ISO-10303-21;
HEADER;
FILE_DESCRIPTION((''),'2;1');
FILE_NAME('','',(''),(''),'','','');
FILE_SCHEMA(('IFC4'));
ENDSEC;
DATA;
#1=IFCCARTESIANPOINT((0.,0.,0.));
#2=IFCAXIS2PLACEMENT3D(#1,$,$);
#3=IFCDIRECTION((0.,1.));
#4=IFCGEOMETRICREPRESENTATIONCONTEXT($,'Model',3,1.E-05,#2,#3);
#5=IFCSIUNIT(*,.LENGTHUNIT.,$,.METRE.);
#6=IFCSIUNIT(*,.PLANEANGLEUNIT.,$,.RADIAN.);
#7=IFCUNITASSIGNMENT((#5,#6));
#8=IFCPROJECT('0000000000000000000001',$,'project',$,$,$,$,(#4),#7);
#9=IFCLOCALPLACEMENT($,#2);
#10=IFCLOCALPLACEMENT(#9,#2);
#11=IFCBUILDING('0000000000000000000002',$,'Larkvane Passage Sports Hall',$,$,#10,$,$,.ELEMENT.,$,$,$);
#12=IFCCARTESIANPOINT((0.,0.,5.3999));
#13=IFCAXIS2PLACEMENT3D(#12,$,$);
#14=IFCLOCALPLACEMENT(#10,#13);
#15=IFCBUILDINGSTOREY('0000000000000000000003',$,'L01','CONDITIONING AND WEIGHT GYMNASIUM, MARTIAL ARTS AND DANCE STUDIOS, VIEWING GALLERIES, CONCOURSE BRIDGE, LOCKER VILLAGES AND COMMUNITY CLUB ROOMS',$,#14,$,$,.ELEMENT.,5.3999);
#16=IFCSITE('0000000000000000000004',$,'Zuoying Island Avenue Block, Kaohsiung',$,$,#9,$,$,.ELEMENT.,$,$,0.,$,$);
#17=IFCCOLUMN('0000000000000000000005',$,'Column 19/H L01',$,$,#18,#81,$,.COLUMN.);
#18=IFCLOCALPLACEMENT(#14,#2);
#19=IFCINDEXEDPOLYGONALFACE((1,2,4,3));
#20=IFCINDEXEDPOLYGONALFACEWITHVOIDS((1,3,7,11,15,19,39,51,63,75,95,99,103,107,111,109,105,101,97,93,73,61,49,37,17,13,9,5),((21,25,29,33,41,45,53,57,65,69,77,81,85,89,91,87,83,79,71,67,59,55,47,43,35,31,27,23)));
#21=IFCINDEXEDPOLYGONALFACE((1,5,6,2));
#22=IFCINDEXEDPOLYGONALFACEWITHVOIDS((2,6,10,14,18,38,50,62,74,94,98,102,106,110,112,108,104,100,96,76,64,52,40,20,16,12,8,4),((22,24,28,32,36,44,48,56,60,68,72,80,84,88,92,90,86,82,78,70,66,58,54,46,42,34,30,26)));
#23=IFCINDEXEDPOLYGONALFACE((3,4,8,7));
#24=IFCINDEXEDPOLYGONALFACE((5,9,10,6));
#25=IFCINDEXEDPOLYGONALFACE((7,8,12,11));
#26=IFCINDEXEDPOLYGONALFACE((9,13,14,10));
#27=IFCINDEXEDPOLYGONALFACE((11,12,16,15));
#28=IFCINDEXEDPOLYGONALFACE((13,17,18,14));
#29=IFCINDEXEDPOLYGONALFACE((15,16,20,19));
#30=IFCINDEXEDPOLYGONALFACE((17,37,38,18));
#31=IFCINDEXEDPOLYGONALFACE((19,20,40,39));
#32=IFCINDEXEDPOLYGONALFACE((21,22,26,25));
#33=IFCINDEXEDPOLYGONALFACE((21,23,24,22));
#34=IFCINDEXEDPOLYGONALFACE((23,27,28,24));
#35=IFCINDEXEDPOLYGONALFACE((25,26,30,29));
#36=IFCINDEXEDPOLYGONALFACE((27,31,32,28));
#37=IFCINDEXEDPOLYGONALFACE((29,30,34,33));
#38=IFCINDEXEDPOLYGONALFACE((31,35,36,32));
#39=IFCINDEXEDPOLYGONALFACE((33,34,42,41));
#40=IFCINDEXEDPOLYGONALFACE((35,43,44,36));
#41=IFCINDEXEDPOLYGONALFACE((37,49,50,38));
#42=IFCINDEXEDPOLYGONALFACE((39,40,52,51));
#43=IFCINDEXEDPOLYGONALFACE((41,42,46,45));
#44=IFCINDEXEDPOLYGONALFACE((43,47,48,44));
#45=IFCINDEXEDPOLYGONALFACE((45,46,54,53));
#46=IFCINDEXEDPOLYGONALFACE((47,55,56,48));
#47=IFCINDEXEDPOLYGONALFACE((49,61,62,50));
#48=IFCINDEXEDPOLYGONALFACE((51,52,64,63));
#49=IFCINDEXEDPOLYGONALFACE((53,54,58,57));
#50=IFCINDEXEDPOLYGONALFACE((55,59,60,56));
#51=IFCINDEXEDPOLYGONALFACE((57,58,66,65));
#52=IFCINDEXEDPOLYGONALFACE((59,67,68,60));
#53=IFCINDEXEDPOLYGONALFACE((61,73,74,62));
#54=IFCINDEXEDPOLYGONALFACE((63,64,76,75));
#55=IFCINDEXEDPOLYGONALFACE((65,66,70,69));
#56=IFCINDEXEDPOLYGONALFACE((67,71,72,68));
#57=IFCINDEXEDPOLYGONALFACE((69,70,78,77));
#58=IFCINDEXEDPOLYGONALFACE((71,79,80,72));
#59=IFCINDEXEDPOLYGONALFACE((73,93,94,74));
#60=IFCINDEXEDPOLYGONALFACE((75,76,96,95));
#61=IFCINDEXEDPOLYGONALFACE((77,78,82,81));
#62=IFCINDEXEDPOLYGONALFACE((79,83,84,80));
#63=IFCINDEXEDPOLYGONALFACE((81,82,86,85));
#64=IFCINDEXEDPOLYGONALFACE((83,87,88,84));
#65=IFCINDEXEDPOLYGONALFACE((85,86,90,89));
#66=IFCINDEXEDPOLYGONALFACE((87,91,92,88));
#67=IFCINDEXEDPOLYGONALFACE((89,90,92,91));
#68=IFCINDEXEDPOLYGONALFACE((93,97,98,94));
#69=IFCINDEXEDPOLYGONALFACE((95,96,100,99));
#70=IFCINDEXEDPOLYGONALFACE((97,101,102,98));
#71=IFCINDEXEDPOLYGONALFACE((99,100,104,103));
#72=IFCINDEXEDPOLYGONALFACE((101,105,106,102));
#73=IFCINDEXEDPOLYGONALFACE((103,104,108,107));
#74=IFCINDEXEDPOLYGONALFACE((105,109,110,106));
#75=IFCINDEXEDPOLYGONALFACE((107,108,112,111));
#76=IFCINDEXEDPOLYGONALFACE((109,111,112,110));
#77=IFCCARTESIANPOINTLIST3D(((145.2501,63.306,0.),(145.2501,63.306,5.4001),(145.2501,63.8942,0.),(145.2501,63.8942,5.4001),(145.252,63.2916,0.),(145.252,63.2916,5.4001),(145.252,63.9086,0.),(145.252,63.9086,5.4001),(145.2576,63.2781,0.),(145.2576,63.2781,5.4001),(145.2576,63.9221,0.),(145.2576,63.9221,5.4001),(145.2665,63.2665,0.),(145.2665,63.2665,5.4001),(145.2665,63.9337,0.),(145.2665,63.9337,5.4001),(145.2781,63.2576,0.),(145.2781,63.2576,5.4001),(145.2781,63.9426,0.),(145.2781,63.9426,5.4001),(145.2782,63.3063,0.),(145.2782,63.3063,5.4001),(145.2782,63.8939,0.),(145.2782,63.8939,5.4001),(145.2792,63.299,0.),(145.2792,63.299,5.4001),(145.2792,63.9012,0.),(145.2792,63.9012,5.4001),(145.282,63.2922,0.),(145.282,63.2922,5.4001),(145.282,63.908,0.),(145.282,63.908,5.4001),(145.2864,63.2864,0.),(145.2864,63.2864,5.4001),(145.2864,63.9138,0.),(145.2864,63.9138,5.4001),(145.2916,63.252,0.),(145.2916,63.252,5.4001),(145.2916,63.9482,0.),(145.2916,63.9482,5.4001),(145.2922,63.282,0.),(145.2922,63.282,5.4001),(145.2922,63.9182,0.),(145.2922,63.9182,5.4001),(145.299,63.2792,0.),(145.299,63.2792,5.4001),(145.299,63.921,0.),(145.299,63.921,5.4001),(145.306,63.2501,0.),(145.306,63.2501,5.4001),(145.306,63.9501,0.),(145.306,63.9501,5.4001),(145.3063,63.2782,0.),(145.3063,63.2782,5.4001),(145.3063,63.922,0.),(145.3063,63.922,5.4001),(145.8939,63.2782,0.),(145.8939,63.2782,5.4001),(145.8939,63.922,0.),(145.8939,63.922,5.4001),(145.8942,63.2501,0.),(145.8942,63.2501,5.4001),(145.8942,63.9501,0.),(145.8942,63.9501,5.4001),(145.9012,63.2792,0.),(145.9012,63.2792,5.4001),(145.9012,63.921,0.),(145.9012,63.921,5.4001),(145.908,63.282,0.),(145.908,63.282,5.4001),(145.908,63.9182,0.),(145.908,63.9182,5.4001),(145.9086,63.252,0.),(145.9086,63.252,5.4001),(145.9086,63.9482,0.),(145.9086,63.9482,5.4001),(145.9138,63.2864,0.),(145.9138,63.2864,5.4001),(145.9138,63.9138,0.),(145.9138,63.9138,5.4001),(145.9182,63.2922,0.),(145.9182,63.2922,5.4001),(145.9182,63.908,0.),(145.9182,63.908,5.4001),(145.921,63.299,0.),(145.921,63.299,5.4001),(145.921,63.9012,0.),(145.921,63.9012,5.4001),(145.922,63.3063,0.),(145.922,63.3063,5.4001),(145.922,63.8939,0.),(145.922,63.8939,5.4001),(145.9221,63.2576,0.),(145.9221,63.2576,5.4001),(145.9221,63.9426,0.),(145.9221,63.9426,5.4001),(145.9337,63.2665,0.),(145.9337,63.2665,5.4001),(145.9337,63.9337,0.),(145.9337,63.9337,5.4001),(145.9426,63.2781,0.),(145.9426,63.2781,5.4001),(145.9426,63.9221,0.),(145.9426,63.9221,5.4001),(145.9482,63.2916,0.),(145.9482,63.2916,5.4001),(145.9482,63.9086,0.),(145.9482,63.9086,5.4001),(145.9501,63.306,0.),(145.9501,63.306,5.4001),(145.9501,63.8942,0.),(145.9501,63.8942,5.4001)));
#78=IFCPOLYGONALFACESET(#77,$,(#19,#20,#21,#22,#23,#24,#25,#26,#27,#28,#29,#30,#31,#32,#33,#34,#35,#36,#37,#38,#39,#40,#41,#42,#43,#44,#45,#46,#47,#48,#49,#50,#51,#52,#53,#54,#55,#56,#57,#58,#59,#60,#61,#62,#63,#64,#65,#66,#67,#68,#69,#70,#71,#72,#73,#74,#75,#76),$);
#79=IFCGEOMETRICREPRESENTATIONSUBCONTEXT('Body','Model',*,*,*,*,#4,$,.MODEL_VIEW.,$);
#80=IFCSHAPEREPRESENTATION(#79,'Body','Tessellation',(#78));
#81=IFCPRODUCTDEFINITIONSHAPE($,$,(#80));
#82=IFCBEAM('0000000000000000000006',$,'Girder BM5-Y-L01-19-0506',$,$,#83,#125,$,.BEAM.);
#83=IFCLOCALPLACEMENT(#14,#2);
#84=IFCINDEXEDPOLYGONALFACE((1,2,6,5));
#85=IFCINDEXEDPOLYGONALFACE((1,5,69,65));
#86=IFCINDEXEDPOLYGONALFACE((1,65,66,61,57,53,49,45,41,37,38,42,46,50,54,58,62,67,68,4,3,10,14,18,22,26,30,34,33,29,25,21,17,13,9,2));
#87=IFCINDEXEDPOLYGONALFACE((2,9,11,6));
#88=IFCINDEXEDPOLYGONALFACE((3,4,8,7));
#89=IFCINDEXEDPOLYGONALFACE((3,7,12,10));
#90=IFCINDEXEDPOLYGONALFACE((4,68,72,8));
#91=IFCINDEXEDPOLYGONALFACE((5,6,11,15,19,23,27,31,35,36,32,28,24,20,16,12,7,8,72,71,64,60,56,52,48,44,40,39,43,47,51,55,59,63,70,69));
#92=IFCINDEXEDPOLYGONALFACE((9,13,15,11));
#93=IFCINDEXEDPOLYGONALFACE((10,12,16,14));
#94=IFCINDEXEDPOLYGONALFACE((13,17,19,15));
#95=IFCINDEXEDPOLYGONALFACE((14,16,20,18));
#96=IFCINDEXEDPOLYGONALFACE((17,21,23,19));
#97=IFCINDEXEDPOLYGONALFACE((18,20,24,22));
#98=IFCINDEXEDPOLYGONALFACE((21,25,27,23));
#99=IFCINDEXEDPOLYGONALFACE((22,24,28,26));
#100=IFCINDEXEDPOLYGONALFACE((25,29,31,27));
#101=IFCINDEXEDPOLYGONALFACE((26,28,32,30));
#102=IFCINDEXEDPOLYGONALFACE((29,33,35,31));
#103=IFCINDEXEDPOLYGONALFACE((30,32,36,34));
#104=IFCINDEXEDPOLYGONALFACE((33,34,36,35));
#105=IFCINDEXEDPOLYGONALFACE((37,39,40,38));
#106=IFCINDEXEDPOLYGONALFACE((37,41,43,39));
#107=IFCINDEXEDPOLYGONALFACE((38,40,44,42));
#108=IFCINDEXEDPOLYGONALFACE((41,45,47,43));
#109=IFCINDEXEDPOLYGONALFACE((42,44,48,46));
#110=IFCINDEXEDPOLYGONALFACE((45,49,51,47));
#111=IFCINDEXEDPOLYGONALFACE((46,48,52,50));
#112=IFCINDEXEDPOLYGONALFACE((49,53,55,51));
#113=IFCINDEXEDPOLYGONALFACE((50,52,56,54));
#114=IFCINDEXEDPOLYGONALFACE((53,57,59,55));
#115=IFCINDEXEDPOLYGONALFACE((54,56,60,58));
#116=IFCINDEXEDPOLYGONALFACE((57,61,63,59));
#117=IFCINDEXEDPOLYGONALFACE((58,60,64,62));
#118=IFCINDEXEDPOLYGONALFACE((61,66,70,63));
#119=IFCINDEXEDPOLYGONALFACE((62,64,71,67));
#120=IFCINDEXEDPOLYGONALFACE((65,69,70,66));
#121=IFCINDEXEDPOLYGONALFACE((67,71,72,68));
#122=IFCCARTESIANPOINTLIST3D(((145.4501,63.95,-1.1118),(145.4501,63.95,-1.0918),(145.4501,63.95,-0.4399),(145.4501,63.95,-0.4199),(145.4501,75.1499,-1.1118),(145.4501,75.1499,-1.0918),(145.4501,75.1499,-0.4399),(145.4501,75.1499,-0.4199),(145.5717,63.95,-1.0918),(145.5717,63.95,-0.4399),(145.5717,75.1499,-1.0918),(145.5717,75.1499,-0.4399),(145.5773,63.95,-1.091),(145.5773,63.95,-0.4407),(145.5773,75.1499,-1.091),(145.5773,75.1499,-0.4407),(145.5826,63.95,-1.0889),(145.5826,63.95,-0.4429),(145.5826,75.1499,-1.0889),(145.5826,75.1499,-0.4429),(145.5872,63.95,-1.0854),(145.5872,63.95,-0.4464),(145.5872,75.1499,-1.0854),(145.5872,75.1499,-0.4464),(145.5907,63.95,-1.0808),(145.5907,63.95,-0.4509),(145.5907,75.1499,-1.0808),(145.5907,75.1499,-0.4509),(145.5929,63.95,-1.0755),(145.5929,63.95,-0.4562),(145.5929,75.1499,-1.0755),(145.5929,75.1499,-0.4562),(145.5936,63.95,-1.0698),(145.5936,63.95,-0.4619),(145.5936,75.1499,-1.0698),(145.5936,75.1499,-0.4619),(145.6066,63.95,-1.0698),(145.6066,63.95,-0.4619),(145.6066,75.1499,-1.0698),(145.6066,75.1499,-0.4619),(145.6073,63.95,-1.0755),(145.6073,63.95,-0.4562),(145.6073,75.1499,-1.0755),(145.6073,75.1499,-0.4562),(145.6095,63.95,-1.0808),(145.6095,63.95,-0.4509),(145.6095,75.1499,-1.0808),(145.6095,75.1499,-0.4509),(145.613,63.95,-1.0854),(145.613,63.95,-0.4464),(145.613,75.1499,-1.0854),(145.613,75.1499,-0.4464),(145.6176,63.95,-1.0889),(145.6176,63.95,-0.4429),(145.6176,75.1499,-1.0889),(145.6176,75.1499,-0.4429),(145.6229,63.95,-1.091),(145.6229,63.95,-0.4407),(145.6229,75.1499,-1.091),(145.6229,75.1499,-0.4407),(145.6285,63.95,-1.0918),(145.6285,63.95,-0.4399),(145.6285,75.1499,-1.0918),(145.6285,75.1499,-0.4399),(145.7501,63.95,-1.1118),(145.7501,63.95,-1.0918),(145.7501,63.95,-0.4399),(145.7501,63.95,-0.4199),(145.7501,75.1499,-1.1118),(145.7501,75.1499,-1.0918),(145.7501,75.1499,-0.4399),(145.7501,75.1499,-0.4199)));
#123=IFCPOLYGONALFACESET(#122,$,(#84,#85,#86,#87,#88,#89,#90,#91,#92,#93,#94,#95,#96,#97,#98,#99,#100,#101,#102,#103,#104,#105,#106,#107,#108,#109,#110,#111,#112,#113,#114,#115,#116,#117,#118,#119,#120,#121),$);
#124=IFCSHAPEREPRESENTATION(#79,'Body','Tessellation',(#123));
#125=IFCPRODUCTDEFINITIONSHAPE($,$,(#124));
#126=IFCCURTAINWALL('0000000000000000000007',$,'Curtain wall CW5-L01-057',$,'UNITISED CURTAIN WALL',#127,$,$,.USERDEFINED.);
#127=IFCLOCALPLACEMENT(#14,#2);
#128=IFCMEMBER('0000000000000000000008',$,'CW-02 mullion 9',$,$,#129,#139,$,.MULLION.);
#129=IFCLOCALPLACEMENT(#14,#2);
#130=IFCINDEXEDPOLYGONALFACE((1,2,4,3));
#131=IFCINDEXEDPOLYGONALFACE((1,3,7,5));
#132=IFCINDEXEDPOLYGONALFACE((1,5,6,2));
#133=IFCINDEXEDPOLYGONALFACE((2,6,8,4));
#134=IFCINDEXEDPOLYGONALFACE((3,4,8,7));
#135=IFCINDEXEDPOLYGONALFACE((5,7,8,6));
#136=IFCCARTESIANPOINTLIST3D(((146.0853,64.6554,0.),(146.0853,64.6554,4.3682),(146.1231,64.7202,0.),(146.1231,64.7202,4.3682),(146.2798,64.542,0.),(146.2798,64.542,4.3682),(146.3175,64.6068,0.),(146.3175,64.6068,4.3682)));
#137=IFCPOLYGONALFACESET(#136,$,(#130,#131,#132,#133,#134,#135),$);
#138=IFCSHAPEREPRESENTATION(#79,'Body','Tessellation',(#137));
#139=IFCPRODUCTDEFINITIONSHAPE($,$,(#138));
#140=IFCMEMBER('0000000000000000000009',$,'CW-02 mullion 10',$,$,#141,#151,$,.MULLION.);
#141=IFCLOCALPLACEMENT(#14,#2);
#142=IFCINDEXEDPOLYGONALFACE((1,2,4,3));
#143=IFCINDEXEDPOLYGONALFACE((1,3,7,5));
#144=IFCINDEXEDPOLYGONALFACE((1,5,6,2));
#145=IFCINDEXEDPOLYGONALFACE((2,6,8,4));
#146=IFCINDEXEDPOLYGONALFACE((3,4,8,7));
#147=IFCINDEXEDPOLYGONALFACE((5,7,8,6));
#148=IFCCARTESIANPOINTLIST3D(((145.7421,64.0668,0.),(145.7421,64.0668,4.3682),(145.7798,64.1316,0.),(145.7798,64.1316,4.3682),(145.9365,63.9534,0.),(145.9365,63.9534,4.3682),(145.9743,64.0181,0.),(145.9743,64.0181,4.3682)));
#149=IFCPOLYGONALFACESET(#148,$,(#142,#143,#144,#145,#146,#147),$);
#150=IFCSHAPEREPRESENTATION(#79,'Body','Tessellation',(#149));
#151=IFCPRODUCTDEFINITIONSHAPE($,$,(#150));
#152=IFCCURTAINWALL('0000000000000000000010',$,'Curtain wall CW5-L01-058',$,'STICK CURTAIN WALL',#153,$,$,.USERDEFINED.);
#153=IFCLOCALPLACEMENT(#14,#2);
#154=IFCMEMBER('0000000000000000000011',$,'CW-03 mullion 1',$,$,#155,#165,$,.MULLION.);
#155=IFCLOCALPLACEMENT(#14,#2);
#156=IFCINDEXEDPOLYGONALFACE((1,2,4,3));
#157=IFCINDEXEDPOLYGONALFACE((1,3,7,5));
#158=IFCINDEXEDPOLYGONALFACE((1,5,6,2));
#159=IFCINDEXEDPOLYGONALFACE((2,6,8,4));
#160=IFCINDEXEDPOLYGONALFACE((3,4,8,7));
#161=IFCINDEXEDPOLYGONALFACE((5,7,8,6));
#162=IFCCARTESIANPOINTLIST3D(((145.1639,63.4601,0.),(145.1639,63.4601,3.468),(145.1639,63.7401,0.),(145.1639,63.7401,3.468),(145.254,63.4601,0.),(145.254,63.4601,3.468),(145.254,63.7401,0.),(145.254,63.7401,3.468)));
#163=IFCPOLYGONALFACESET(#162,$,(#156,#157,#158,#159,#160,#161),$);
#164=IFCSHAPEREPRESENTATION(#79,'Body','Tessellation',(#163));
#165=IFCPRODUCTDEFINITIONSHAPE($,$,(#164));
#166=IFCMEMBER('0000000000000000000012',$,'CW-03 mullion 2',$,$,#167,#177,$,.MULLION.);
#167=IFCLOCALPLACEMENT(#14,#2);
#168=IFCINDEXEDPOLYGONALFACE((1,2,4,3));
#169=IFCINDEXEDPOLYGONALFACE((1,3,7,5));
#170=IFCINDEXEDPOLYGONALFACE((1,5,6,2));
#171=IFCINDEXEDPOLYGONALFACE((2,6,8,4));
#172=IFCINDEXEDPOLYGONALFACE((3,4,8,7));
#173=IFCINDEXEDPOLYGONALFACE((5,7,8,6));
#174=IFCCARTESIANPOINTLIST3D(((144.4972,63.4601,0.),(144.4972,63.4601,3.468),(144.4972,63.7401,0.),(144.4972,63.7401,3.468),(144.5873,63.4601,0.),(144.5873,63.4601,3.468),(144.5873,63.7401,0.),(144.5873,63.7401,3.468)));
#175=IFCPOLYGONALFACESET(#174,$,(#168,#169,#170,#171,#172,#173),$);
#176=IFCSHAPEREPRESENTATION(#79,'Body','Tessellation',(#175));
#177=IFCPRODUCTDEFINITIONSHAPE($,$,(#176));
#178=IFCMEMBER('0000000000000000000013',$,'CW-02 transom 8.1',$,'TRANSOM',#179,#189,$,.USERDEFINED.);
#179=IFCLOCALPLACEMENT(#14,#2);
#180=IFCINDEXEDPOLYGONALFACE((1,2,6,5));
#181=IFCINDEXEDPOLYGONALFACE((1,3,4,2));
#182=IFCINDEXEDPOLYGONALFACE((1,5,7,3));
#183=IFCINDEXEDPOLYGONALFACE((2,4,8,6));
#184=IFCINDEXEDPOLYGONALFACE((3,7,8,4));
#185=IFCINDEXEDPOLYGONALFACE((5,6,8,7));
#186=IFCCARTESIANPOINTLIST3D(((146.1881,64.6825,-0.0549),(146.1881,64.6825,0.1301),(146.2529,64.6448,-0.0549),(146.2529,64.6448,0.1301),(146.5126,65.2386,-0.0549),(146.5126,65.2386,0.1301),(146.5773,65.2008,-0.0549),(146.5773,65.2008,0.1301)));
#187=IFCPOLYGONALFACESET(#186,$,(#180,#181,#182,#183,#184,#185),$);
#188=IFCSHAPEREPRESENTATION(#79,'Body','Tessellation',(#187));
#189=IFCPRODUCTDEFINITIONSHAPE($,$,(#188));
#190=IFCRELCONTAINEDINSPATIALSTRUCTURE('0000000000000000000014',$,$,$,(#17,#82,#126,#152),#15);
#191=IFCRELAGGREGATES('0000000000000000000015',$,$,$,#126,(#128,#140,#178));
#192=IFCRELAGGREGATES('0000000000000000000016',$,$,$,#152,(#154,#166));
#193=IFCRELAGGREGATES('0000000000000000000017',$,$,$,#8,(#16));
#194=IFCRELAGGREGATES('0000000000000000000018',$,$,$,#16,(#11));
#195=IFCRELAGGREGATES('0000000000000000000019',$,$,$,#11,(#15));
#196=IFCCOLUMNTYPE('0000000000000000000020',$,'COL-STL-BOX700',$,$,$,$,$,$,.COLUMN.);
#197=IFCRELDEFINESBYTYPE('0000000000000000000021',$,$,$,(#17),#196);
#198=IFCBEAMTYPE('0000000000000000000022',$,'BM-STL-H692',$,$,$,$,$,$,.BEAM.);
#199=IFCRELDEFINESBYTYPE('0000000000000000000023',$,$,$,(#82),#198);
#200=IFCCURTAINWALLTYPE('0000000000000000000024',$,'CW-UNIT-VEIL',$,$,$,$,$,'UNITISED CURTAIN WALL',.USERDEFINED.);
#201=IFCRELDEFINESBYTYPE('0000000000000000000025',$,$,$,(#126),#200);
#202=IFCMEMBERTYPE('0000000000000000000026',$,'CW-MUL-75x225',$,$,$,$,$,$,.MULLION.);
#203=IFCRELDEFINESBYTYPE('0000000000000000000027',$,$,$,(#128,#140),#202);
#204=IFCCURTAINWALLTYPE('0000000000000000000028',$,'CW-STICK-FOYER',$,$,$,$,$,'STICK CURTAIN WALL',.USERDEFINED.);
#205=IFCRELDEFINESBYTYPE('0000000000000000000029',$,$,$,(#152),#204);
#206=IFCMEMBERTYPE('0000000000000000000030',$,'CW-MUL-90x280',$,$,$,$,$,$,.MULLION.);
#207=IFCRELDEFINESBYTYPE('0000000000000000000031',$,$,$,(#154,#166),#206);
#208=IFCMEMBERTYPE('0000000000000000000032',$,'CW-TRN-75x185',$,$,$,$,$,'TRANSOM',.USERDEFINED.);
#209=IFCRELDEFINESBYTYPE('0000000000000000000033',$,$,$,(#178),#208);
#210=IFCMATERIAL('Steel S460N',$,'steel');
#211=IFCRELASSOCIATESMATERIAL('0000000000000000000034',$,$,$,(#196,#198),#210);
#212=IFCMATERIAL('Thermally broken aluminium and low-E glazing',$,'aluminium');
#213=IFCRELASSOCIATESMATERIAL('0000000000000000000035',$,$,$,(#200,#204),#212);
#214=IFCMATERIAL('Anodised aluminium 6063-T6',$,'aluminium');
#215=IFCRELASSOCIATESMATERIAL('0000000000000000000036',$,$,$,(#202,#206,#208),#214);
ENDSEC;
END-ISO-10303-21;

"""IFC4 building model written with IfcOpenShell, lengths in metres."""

from ifc_helpers import new_model, si_unit, direction, frame, origin, origin_2d, place, context, subcontext, project, spatial, rectangle, hollow_rectangle, i_section, extrude, material, material_profile, profile_set, type_object, element, aggregate, save


model = new_model("IFC4")

# Units and contexts
model_context = context("Model", 3, precision=1e-05, world=origin(), true_north=direction((0.0, 1.0)))
body_context = subcontext(model_context, "Body", "Model", "MODEL_VIEW")
ifc_project = project(units=[si_unit("LENGTHUNIT", "METRE"), si_unit("PLANEANGLEUNIT", "RADIAN")], contexts=[model_context])

# Site, building, storey
site_placement = place(None, origin())
site = spatial("IfcSite", under=ifc_project, at=site_placement, Name="Zuoying Island Avenue Block, Kaohsiung", CompositionType="ELEMENT", RefElevation=0.0)
building_placement = place(site_placement, origin())
building = spatial("IfcBuilding", under=site, at=building_placement, Name="Larkvane Passage Sports Hall", CompositionType="ELEMENT")
storey_placement = place(building_placement, frame((0.0, 0.0, 5.3999)))
storey = spatial("IfcBuildingStorey", under=building, at=storey_placement, Name="L01", Description="CONDITIONING AND WEIGHT GYMNASIUM, MARTIAL ARTS AND DANCE STUDIOS, VIEWING GALLERIES, CONCOURSE BRIDGE, LOCKER VILLAGES AND COMMUNITY CLUB ROOMS", CompositionType="ELEMENT", Elevation=5.3999)

# Column
ifc_material_1 = material(Name="Steel S460N", Category="steel")
ifc_material_profile_1 = material_profile(ifc_material_1, hollow_rectangle(XDim=0.7, YDim=0.7, WallThickness=0.0281, InnerFilletRadius=0.0281, OuterFilletRadius=0.0559, at=origin_2d()), Name="BOX-700x700x28")
ifc_profile_set_1 = profile_set([ifc_material_profile_1], Name="Steel S460N")
column_type = type_object("IfcColumnType", Name="COL-STL-BOX700", PredefinedType="COLUMN", material=ifc_profile_set_1)
column_placement = place(storey_placement, frame((145.6001, 63.6001, 0.0), z_axis=(0.0, 0.0, 1.0), x_axis=(1.0, 0.0, 0.0)))
element("IfcColumn", 1, at=column_placement, inside=storey, type_object=column_type, Name="Column 19/H L01", PredefinedType="COLUMN", context=body_context, shape_type="SweptSolid", body=[
    extrude(hollow_rectangle(XDim=0.7, YDim=0.7, WallThickness=0.0281, InnerFilletRadius=0.0281, OuterFilletRadius=0.0559, at=origin_2d()), origin(), (0.0, 0.0, 1.0), 5.4001),
])

# Beam
ifc_material_profile_2 = material_profile(ifc_material_1, i_section(OverallWidth=0.3, OverallDepth=0.6919, WebThickness=0.0129, FlangeThickness=0.02, FilletRadius=0.022, at=origin_2d()), Name="H-692x300x13x20")
ifc_profile_set_2 = profile_set([ifc_material_profile_2], Name="Steel S460N")
beam_type = type_object("IfcBeamType", Name="BM-STL-H692", PredefinedType="BEAM", material=ifc_profile_set_2)
beam_placement = place(storey_placement, frame((145.6001, 63.95, -0.7659), z_axis=(0.0, 1.0, 0.0), x_axis=(-1.0, 0.0, 0.0)))
element("IfcBeam", 2, at=beam_placement, inside=storey, type_object=beam_type, Name="Girder BM5-Y-L01-19-0506", PredefinedType="BEAM", context=body_context, shape_type="SweptSolid", body=[
    extrude(i_section(OverallWidth=0.3, OverallDepth=0.6919, WebThickness=0.0129, FlangeThickness=0.02, FilletRadius=0.022, at=origin_2d()), origin(), (0.0, 0.0, 1.0), 11.2),
])

# Curtain walls, members
ifc_material_2 = material(Name="Thermally broken aluminium and low-E glazing", Category="aluminium")
curtain_wall_type_1 = type_object("IfcCurtainWallType", Name="CW-UNIT-VEIL", ElementType="UNITISED CURTAIN WALL", PredefinedType="USERDEFINED", material=ifc_material_2)
curtain_wall_1_placement = place(storey_placement, origin())
curtain_wall_1 = element("IfcCurtainWall", 3, at=curtain_wall_1_placement, inside=storey, type_object=curtain_wall_type_1, Name="Curtain wall CW5-L01-057", ObjectType="UNITISED CURTAIN WALL", PredefinedType="USERDEFINED")
ifc_material_3 = material(Name="Anodised aluminium 6063-T6", Category="aluminium")
ifc_material_profile_3 = material_profile(ifc_material_3, rectangle(XDim=0.075, YDim=0.2251, at=origin_2d()), Name="ALU-MUL-75x225")
ifc_profile_set_3 = profile_set([ifc_material_profile_3], Name="Anodised aluminium 6063-T6")
member_type_1 = type_object("IfcMemberType", Name="CW-MUL-75x225", PredefinedType="MULLION", material=ifc_profile_set_3)
member_1_placement = place(storey_placement, frame((146.2014, 64.6311, 0.0), z_axis=(0.0, 0.0, 1.0), x_axis=(-0.503867, -0.863781, 0.0)))
member_1 = element("IfcMember", 4, at=member_1_placement, type_object=member_type_1, Name="CW-02 mullion 9", PredefinedType="MULLION", context=body_context, shape_type="SweptSolid", body=[
    extrude(rectangle(XDim=0.075, YDim=0.2251, at=origin_2d()), origin(), (0.0, 0.0, 1.0), 4.3682),
])
member_2_placement = place(storey_placement, frame((145.8582, 64.0425, 0.0), z_axis=(0.0, 0.0, 1.0), x_axis=(-0.503867, -0.863781, 0.0)))
member_2 = element("IfcMember", 5, at=member_2_placement, type_object=member_type_1, Name="CW-02 mullion 10", PredefinedType="MULLION", context=body_context, shape_type="SweptSolid", body=[
    extrude(rectangle(XDim=0.075, YDim=0.2251, at=origin_2d()), origin(), (0.0, 0.0, 1.0), 4.3682),
])
curtain_wall_type_2 = type_object("IfcCurtainWallType", Name="CW-STICK-FOYER", ElementType="STICK CURTAIN WALL", PredefinedType="USERDEFINED", material=ifc_material_2)
curtain_wall_2_placement = place(storey_placement, origin())
curtain_wall_2 = element("IfcCurtainWall", 6, at=curtain_wall_2_placement, inside=storey, type_object=curtain_wall_type_2, Name="Curtain wall CW5-L01-058", ObjectType="STICK CURTAIN WALL", PredefinedType="USERDEFINED")
ifc_material_profile_4 = material_profile(ifc_material_3, rectangle(XDim=0.0901, YDim=0.28, at=origin_2d()), Name="ALU-MUL-90x280")
ifc_profile_set_4 = profile_set([ifc_material_profile_4], Name="Anodised aluminium 6063-T6")
member_type_2 = type_object("IfcMemberType", Name="CW-MUL-90x280", PredefinedType="MULLION", material=ifc_profile_set_4)
member_3_placement = place(storey_placement, frame((145.209, 63.6001, 0.0), z_axis=(0.0, 0.0, 1.0), x_axis=(-1.0, 0.0, 0.0)))
member_3 = element("IfcMember", 7, at=member_3_placement, type_object=member_type_2, Name="CW-03 mullion 1", PredefinedType="MULLION", context=body_context, shape_type="SweptSolid", body=[
    extrude(rectangle(XDim=0.0901, YDim=0.28, at=origin_2d()), origin(), (0.0, 0.0, 1.0), 3.468),
])
member_4_placement = place(storey_placement, frame((144.5422, 63.6001, 0.0), z_axis=(0.0, 0.0, 1.0), x_axis=(-1.0, 0.0, 0.0)))
member_4 = element("IfcMember", 8, at=member_4_placement, type_object=member_type_2, Name="CW-03 mullion 2", PredefinedType="MULLION", context=body_context, shape_type="SweptSolid", body=[
    extrude(rectangle(XDim=0.0901, YDim=0.28, at=origin_2d()), origin(), (0.0, 0.0, 1.0), 3.468),
])

# Member
ifc_material_profile_5 = material_profile(ifc_material_3, rectangle(XDim=0.075, YDim=0.1851, at=origin_2d()), Name="ALU-TRN-75x185")
ifc_profile_set_5 = profile_set([ifc_material_profile_5], Name="Anodised aluminium 6063-T6")
member_type_3 = type_object("IfcMemberType", Name="CW-TRN-75x185", ElementType="TRANSOM", PredefinedType="USERDEFINED", material=ifc_profile_set_5)
member_5_placement = place(storey_placement, frame((146.5449, 65.2197, 0.0376), z_axis=(-0.503918, -0.863751, 0.0), x_axis=(0.863751, -0.503918, 0.0)))
member_5 = element("IfcMember", 9, at=member_5_placement, type_object=member_type_3, Name="CW-02 transom 8.1", ObjectType="TRANSOM", PredefinedType="USERDEFINED", context=body_context, shape_type="SweptSolid", body=[
    extrude(rectangle(XDim=0.075, YDim=0.1851, at=origin_2d()), origin(), (0.0, 0.0, 1.0), 0.6438),
])

aggregate(curtain_wall_1, [member_1, member_2, member_5])
aggregate(curtain_wall_2, [member_3, member_4])

save(model, "model.ifc")
